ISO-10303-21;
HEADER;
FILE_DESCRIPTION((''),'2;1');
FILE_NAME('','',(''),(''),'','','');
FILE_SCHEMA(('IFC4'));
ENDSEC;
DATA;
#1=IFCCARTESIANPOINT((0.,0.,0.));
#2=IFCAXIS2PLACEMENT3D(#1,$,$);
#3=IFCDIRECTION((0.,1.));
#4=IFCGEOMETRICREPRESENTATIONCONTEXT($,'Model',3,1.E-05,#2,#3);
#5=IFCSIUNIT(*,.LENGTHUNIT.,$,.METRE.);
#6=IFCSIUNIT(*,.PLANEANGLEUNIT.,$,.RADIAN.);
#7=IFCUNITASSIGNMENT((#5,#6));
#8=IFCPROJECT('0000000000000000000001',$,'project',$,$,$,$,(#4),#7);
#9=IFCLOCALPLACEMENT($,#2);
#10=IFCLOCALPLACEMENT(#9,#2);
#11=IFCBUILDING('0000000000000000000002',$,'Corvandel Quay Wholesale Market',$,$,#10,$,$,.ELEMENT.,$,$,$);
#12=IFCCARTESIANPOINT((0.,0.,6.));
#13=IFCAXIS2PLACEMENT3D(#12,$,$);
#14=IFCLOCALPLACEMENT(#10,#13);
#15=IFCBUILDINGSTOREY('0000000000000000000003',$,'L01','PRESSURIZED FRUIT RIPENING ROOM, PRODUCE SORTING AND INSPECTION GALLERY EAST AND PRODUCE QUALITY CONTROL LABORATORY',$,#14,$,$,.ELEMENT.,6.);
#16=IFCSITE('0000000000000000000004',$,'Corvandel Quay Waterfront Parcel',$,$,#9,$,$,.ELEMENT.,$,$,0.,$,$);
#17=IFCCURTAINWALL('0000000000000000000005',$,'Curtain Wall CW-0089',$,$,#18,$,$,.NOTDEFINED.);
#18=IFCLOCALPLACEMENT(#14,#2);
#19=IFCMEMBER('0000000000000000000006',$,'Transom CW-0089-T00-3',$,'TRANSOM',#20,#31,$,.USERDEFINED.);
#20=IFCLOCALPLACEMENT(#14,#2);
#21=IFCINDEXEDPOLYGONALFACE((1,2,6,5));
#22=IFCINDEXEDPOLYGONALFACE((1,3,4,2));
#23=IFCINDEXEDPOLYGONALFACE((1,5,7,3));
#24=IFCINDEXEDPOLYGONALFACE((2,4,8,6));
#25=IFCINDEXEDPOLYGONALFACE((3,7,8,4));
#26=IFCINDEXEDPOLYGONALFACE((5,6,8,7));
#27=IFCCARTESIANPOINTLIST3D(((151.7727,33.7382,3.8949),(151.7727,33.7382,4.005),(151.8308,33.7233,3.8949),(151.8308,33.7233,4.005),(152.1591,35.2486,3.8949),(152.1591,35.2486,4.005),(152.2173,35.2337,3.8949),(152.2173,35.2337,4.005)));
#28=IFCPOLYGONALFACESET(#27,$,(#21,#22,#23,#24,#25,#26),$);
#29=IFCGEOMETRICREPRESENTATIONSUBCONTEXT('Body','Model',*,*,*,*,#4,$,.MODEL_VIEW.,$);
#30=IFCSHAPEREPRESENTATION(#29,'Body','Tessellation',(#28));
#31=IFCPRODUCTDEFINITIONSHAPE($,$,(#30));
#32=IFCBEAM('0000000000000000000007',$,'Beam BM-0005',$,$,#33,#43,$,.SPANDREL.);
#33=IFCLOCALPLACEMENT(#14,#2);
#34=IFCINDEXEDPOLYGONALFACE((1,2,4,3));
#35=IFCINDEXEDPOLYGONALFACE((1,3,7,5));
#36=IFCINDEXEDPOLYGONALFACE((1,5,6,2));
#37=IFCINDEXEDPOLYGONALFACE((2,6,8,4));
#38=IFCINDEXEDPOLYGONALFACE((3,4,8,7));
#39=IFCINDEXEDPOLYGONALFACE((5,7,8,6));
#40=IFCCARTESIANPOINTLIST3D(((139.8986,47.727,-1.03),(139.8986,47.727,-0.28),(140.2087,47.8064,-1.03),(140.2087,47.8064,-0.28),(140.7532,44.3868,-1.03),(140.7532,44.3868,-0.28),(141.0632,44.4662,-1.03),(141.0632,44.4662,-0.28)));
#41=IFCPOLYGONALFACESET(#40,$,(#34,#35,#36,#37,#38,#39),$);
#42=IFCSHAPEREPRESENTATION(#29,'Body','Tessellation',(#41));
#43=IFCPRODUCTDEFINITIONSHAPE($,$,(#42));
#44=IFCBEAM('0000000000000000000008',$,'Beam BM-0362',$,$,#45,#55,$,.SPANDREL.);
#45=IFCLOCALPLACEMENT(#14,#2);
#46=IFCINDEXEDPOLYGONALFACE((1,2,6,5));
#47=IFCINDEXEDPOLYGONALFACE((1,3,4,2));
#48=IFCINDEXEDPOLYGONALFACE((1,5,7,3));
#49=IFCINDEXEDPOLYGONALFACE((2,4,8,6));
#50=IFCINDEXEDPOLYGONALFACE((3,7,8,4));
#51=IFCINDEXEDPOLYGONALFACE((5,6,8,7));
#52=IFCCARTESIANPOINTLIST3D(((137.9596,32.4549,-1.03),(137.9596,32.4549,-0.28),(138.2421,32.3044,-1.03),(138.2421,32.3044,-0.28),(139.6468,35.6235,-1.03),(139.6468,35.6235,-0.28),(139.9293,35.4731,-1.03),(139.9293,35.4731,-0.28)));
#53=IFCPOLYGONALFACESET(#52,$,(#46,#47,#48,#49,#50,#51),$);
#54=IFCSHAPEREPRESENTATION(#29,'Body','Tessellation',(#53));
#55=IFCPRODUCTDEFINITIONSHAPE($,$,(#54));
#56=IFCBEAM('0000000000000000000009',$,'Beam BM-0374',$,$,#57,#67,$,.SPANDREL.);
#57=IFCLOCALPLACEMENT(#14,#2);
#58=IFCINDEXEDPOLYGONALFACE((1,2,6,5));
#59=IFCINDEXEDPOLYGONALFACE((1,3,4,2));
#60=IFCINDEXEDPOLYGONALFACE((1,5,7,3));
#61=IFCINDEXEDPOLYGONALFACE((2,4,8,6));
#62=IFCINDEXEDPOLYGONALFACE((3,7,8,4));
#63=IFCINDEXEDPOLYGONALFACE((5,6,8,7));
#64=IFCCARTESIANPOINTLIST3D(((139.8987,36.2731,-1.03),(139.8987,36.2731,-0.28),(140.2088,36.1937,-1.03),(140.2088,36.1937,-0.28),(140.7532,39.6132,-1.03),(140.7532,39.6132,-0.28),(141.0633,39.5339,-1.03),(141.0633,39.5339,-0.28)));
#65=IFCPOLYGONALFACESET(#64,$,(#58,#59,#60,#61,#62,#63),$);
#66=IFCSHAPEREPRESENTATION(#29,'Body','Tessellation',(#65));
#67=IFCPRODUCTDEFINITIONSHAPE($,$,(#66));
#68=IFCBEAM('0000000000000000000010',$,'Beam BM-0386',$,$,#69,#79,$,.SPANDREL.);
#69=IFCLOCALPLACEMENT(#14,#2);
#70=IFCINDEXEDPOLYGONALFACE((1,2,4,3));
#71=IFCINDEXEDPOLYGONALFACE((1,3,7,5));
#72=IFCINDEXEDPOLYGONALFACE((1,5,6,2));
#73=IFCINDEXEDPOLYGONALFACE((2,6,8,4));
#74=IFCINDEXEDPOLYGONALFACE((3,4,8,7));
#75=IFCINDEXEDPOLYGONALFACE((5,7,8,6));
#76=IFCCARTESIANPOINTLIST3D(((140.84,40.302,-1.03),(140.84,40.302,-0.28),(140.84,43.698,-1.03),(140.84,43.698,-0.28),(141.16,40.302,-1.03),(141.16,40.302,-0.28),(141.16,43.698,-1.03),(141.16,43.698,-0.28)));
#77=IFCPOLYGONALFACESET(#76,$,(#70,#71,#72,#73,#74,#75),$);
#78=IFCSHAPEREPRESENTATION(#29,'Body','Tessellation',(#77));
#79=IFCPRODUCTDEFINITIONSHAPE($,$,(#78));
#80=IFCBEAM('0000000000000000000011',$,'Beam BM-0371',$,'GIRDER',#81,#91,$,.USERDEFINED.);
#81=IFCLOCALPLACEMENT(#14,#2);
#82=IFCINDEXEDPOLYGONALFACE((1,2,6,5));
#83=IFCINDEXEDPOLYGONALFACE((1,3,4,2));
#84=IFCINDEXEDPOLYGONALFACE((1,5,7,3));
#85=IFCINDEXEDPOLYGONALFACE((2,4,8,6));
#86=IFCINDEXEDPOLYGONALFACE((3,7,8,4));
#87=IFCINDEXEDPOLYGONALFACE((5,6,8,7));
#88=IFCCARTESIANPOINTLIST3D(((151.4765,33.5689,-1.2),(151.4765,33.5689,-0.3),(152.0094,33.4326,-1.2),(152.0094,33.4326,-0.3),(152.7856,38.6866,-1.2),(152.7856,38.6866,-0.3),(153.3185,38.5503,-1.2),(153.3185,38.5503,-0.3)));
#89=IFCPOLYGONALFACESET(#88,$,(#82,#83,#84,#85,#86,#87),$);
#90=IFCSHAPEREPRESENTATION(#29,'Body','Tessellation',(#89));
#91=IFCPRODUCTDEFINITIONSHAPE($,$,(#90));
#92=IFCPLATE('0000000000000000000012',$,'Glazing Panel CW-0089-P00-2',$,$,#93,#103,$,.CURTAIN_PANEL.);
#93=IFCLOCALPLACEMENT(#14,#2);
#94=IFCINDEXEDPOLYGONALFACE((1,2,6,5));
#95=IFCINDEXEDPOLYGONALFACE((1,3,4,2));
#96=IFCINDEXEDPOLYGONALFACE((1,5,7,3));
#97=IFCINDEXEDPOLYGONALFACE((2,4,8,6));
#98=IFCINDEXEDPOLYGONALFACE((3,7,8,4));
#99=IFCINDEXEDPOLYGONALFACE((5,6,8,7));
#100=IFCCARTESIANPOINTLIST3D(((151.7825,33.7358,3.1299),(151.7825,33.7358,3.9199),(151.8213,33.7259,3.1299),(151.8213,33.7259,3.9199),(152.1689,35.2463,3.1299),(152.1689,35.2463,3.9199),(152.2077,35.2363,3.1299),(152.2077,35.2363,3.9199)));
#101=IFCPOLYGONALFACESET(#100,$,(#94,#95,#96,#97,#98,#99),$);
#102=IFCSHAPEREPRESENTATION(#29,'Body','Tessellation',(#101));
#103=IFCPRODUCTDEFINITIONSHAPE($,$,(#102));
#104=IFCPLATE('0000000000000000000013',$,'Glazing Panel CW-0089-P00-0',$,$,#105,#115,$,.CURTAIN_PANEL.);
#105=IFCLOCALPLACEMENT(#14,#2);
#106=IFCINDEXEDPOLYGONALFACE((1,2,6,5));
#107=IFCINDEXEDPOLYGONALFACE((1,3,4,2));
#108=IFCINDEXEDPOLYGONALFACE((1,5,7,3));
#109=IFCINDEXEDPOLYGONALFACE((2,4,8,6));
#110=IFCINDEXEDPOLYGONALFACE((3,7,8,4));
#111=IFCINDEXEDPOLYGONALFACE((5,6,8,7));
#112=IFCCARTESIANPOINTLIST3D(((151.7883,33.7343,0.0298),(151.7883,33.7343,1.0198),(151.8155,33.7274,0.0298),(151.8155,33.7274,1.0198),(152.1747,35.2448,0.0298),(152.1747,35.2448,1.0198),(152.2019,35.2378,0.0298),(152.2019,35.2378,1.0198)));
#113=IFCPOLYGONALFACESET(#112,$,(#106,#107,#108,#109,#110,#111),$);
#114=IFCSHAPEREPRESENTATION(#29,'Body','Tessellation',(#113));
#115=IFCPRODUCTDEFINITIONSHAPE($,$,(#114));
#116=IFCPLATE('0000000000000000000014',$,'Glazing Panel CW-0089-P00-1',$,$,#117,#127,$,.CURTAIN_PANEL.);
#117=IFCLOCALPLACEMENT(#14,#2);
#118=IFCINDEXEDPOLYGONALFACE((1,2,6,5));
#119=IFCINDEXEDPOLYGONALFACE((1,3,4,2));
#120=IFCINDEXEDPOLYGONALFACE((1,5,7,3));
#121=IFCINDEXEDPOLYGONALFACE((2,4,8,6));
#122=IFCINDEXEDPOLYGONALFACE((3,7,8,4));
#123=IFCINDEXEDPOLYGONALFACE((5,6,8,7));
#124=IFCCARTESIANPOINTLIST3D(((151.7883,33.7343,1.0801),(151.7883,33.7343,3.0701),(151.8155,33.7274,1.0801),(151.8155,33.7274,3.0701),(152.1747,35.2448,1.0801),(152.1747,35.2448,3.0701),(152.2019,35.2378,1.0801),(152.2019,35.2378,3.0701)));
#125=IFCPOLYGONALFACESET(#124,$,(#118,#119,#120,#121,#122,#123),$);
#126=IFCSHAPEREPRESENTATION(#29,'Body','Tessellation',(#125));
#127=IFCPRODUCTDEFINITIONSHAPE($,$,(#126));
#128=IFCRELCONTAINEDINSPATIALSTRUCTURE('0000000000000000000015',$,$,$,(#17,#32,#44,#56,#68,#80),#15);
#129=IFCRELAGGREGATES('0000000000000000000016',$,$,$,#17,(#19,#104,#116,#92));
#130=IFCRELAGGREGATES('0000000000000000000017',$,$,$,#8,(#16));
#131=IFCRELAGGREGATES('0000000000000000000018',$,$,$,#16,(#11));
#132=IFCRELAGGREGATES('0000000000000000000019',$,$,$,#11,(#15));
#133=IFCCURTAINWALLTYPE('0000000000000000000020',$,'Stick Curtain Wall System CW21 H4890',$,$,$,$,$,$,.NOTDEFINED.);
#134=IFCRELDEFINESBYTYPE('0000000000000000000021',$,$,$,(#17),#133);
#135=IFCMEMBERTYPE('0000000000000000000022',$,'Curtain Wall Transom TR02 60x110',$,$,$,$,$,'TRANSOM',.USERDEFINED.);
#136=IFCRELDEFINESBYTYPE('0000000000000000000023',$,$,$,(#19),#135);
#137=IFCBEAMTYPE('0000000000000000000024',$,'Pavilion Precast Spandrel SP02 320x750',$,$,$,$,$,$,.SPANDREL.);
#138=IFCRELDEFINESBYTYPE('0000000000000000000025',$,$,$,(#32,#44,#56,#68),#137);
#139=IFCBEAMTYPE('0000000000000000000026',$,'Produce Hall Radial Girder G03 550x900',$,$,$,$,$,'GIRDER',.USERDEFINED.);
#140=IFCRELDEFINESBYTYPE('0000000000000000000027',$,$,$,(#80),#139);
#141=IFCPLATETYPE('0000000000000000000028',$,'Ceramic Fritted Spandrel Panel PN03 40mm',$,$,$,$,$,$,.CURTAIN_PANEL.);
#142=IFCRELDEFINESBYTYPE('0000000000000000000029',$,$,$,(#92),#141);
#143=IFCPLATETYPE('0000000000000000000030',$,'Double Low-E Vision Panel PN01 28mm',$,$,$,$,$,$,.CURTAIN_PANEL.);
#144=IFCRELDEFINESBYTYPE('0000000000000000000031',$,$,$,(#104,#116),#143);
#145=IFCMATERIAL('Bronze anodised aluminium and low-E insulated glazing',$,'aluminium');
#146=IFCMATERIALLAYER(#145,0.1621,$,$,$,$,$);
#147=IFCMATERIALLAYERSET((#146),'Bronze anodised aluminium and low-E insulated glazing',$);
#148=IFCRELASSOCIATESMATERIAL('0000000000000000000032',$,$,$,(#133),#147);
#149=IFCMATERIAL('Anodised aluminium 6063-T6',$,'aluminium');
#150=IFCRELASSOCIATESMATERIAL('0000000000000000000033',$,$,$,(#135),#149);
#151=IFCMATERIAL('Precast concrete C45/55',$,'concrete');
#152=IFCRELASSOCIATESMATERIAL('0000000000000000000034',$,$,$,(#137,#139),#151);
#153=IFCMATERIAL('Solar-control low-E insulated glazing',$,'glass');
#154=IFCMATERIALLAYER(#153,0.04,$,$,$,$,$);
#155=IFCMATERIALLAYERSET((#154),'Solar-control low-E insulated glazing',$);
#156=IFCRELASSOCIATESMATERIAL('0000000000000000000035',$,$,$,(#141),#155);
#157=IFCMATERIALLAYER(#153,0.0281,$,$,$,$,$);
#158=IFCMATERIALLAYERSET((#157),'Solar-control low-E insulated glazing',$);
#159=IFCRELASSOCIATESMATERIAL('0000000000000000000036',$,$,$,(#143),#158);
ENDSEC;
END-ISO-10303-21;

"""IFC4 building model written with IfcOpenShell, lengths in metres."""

from ifc_helpers import new_model, si_unit, direction, frame, origin, origin_2d, place, context, subcontext, project, spatial, rectangle, extrude, material, layer, layer_set, material_profile, profile_set, type_object, element, aggregate, save


model = new_model("IFC4")

# Units and contexts
model_context = context("Model", 3, precision=1e-05, world=origin(), true_north=direction((0.0, 1.0)))
body_context = subcontext(model_context, "Body", "Model", "MODEL_VIEW")
ifc_project = project(units=[si_unit("LENGTHUNIT", "METRE"), si_unit("PLANEANGLEUNIT", "RADIAN")], contexts=[model_context])

# Site, building, storey
site_placement = place(None, origin())
site = spatial("IfcSite", under=ifc_project, at=site_placement, Name="Corvandel Quay Waterfront Parcel", CompositionType="ELEMENT", RefElevation=0.0)
building_placement = place(site_placement, origin())
building = spatial("IfcBuilding", under=site, at=building_placement, Name="Corvandel Quay Wholesale Market", CompositionType="ELEMENT")
storey_placement = place(building_placement, frame((0.0, 0.0, 6.0)))
storey = spatial("IfcBuildingStorey", under=building, at=storey_placement, Name="L01", Description="PRESSURIZED FRUIT RIPENING ROOM, PRODUCE SORTING AND INSPECTION GALLERY EAST AND PRODUCE QUALITY CONTROL LABORATORY", CompositionType="ELEMENT", Elevation=6.0)

# Shared definitions
ifc_material_1 = material(Name="Precast concrete C45/55", Category="concrete")

# Shared definitions
ifc_material_2 = material(Name="Bronze anodised aluminium and low-E insulated glazing", Category="aluminium")
ifc_material_3 = material(Name="Anodised aluminium 6063-T6", Category="aluminium")

# Curtain wall
ifc_layer_1 = layer(ifc_material_2, 0.1621)
ifc_layer_set_1 = layer_set([ifc_layer_1], Name="Bronze anodised aluminium and low-E insulated glazing")
curtain_wall_type_1 = type_object("IfcCurtainWallType", Name="Stick Curtain Wall System CW21 H4890", PredefinedType="NOTDEFINED", material=ifc_layer_set_1)
curtain_wall_1_placement = place(storey_placement, origin())
curtain_wall_1 = element("IfcCurtainWall", 1, at=curtain_wall_1_placement, inside=storey, type_object=curtain_wall_type_1, Name="Curtain Wall CW-0089", PredefinedType="NOTDEFINED")

# Member
ifc_material_profile_1 = material_profile(ifc_material_3, rectangle(XDim=0.0601, YDim=0.1101, at=origin_2d()), Name="ALU-TRN-60x110")
ifc_profile_set_1 = profile_set([ifc_material_profile_1], Name="Anodised aluminium 6063-T6")
member_type_1 = type_object("IfcMemberType", Name="Curtain Wall Transom TR02 60x110", ElementType="TRANSOM", PredefinedType="USERDEFINED", material=ifc_profile_set_1)
member_1_placement = place(storey_placement, frame((151.8018, 33.7307, 3.95), z_axis=(0.247874, 0.968792, 0.0), x_axis=(-0.968792, 0.247874, 0.0)))
member_1 = element("IfcMember", 2, at=member_1_placement, type_object=member_type_1, Name="Transom CW-0089-T00-3", ObjectType="TRANSOM", PredefinedType="USERDEFINED", context=body_context, shape_type="SweptSolid", body=[
    extrude(rectangle(XDim=0.0601, YDim=0.1101, at=origin_2d()), origin(), (0.0, 0.0, 1.0), 1.5591),
])

# Beams
ifc_material_profile_2 = material_profile(ifc_material_1, rectangle(XDim=0.3201, YDim=0.75, at=origin_2d()), Name="PC-SPN-320x750")
ifc_profile_set_2 = profile_set([ifc_material_profile_2], Name="Precast concrete C45/55")
beam_type_1 = type_object("IfcBeamType", Name="Pavilion Precast Spandrel SP02 320x750", PredefinedType="SPANDREL", material=ifc_profile_set_2)
beam_1_placement = place(storey_placement, frame((140.9082, 44.4265, -0.655), z_axis=(-0.247847, 0.968799, 0.0), x_axis=(-0.968799, -0.247847, 0.0)))
element("IfcBeam", 3, at=beam_1_placement, inside=storey, type_object=beam_type_1, Name="Beam BM-0005", PredefinedType="SPANDREL", context=body_context, shape_type="SweptSolid", body=[
    extrude(rectangle(XDim=0.3201, YDim=0.75, at=origin_2d()), origin(), (0.0, 0.0, 1.0), 3.4478),
])
beam_2_placement = place(storey_placement, frame((138.1008, 32.3796, -0.655), z_axis=(0.469999, 0.882667, 0.0), x_axis=(-0.882667, 0.469999, 0.0)))
element("IfcBeam", 4, at=beam_2_placement, inside=storey, type_object=beam_type_1, Name="Beam BM-0362", PredefinedType="SPANDREL", context=body_context, shape_type="SweptSolid", body=[
    extrude(rectangle(XDim=0.3201, YDim=0.75, at=origin_2d()), origin(), (0.0, 0.0, 1.0), 3.5898),
])
beam_3_placement = place(storey_placement, frame((140.0537, 36.2334, -0.655), z_axis=(0.247847, 0.968799, 0.0), x_axis=(-0.968799, 0.247847, 0.0)))
element("IfcBeam", 5, at=beam_3_placement, inside=storey, type_object=beam_type_1, Name="Beam BM-0374", PredefinedType="SPANDREL", context=body_context, shape_type="SweptSolid", body=[
    extrude(rectangle(XDim=0.3201, YDim=0.75, at=origin_2d()), origin(), (0.0, 0.0, 1.0), 3.4478),
])
beam_4_placement = place(storey_placement, frame((141.0, 40.302, -0.655), z_axis=(0.0, 1.0, 0.0), x_axis=(-1.0, 0.0, 0.0)))
element("IfcBeam", 6, at=beam_4_placement, inside=storey, type_object=beam_type_1, Name="Beam BM-0386", PredefinedType="SPANDREL", context=body_context, shape_type="SweptSolid", body=[
    extrude(rectangle(XDim=0.3201, YDim=0.75, at=origin_2d()), origin(), (0.0, 0.0, 1.0), 3.396),
])
ifc_material_profile_3 = material_profile(ifc_material_1, rectangle(XDim=0.55, YDim=0.8999, at=origin_2d()), Name="PC-GIR-550x900")
ifc_profile_set_3 = profile_set([ifc_material_profile_3], Name="Precast concrete C45/55")
beam_type_2 = type_object("IfcBeamType", Name="Produce Hall Radial Girder G03 550x900", ElementType="GIRDER", PredefinedType="USERDEFINED", material=ifc_profile_set_3)
beam_5_placement = place(storey_placement, frame((151.7429, 33.5007, -0.75), z_axis=(0.247817, 0.968807, 0.0), x_axis=(-0.968807, 0.247817, 0.0)))
element("IfcBeam", 7, at=beam_5_placement, inside=storey, type_object=beam_type_2, Name="Beam BM-0371", ObjectType="GIRDER", PredefinedType="USERDEFINED", context=body_context, shape_type="SweptSolid", body=[
    extrude(rectangle(XDim=0.55, YDim=0.8999, at=origin_2d()), origin(), (0.0, 0.0, 1.0), 5.2825),
])

# Plates
ifc_material_4 = material(Name="Solar-control low-E insulated glazing", Category="glass")
ifc_layer_2 = layer(ifc_material_4, 0.04)
ifc_layer_set_2 = layer_set([ifc_layer_2], Name="Solar-control low-E insulated glazing")
plate_type_1 = type_object("IfcPlateType", Name="Ceramic Fritted Spandrel Panel PN03 40mm", PredefinedType="CURTAIN_PANEL", material=ifc_layer_set_2)
plate_1_placement = place(storey_placement, frame((151.9951, 34.4861, 3.1299), z_axis=(0.0, 0.0, 1.0), x_axis=(0.247845, 0.9688, 0.0)))
plate_1 = element("IfcPlate", 8, at=plate_1_placement, type_object=plate_type_1, Name="Glazing Panel CW-0089-P00-2", PredefinedType="CURTAIN_PANEL", context=body_context, shape_type="SweptSolid", body=[
    extrude(rectangle(XDim=1.5591, YDim=0.04, at=origin_2d()), origin(), (0.0, 0.0, 1.0), 0.79),
])
ifc_layer_3 = layer(ifc_material_4, 0.0281)
ifc_layer_set_3 = layer_set([ifc_layer_3], Name="Solar-control low-E insulated glazing")
plate_type_2 = type_object("IfcPlateType", Name="Double Low-E Vision Panel PN01 28mm", PredefinedType="CURTAIN_PANEL", material=ifc_layer_set_3)
plate_2_placement = place(storey_placement, frame((151.9951, 34.4861, 0.0298), z_axis=(0.0, 0.0, 1.0), x_axis=(0.247845, 0.9688, 0.0)))
plate_2 = element("IfcPlate", 9, at=plate_2_placement, type_object=plate_type_2, Name="Glazing Panel CW-0089-P00-0", PredefinedType="CURTAIN_PANEL", context=body_context, shape_type="SweptSolid", body=[
    extrude(rectangle(XDim=1.5591, YDim=0.0281, at=origin_2d()), origin(), (0.0, 0.0, 1.0), 0.99),
])
plate_3_placement = place(storey_placement, frame((151.9951, 34.4861, 1.0801), z_axis=(0.0, 0.0, 1.0), x_axis=(0.247845, 0.9688, 0.0)))
plate_3 = element("IfcPlate", 10, at=plate_3_placement, type_object=plate_type_2, Name="Glazing Panel CW-0089-P00-1", PredefinedType="CURTAIN_PANEL", context=body_context, shape_type="SweptSolid", body=[
    extrude(rectangle(XDim=1.5591, YDim=0.0281, at=origin_2d()), origin(), (0.0, 0.0, 1.0), 1.99),
])
aggregate(curtain_wall_1, [member_1, plate_2, plate_3, plate_1])

save(model, "model.ifc")
